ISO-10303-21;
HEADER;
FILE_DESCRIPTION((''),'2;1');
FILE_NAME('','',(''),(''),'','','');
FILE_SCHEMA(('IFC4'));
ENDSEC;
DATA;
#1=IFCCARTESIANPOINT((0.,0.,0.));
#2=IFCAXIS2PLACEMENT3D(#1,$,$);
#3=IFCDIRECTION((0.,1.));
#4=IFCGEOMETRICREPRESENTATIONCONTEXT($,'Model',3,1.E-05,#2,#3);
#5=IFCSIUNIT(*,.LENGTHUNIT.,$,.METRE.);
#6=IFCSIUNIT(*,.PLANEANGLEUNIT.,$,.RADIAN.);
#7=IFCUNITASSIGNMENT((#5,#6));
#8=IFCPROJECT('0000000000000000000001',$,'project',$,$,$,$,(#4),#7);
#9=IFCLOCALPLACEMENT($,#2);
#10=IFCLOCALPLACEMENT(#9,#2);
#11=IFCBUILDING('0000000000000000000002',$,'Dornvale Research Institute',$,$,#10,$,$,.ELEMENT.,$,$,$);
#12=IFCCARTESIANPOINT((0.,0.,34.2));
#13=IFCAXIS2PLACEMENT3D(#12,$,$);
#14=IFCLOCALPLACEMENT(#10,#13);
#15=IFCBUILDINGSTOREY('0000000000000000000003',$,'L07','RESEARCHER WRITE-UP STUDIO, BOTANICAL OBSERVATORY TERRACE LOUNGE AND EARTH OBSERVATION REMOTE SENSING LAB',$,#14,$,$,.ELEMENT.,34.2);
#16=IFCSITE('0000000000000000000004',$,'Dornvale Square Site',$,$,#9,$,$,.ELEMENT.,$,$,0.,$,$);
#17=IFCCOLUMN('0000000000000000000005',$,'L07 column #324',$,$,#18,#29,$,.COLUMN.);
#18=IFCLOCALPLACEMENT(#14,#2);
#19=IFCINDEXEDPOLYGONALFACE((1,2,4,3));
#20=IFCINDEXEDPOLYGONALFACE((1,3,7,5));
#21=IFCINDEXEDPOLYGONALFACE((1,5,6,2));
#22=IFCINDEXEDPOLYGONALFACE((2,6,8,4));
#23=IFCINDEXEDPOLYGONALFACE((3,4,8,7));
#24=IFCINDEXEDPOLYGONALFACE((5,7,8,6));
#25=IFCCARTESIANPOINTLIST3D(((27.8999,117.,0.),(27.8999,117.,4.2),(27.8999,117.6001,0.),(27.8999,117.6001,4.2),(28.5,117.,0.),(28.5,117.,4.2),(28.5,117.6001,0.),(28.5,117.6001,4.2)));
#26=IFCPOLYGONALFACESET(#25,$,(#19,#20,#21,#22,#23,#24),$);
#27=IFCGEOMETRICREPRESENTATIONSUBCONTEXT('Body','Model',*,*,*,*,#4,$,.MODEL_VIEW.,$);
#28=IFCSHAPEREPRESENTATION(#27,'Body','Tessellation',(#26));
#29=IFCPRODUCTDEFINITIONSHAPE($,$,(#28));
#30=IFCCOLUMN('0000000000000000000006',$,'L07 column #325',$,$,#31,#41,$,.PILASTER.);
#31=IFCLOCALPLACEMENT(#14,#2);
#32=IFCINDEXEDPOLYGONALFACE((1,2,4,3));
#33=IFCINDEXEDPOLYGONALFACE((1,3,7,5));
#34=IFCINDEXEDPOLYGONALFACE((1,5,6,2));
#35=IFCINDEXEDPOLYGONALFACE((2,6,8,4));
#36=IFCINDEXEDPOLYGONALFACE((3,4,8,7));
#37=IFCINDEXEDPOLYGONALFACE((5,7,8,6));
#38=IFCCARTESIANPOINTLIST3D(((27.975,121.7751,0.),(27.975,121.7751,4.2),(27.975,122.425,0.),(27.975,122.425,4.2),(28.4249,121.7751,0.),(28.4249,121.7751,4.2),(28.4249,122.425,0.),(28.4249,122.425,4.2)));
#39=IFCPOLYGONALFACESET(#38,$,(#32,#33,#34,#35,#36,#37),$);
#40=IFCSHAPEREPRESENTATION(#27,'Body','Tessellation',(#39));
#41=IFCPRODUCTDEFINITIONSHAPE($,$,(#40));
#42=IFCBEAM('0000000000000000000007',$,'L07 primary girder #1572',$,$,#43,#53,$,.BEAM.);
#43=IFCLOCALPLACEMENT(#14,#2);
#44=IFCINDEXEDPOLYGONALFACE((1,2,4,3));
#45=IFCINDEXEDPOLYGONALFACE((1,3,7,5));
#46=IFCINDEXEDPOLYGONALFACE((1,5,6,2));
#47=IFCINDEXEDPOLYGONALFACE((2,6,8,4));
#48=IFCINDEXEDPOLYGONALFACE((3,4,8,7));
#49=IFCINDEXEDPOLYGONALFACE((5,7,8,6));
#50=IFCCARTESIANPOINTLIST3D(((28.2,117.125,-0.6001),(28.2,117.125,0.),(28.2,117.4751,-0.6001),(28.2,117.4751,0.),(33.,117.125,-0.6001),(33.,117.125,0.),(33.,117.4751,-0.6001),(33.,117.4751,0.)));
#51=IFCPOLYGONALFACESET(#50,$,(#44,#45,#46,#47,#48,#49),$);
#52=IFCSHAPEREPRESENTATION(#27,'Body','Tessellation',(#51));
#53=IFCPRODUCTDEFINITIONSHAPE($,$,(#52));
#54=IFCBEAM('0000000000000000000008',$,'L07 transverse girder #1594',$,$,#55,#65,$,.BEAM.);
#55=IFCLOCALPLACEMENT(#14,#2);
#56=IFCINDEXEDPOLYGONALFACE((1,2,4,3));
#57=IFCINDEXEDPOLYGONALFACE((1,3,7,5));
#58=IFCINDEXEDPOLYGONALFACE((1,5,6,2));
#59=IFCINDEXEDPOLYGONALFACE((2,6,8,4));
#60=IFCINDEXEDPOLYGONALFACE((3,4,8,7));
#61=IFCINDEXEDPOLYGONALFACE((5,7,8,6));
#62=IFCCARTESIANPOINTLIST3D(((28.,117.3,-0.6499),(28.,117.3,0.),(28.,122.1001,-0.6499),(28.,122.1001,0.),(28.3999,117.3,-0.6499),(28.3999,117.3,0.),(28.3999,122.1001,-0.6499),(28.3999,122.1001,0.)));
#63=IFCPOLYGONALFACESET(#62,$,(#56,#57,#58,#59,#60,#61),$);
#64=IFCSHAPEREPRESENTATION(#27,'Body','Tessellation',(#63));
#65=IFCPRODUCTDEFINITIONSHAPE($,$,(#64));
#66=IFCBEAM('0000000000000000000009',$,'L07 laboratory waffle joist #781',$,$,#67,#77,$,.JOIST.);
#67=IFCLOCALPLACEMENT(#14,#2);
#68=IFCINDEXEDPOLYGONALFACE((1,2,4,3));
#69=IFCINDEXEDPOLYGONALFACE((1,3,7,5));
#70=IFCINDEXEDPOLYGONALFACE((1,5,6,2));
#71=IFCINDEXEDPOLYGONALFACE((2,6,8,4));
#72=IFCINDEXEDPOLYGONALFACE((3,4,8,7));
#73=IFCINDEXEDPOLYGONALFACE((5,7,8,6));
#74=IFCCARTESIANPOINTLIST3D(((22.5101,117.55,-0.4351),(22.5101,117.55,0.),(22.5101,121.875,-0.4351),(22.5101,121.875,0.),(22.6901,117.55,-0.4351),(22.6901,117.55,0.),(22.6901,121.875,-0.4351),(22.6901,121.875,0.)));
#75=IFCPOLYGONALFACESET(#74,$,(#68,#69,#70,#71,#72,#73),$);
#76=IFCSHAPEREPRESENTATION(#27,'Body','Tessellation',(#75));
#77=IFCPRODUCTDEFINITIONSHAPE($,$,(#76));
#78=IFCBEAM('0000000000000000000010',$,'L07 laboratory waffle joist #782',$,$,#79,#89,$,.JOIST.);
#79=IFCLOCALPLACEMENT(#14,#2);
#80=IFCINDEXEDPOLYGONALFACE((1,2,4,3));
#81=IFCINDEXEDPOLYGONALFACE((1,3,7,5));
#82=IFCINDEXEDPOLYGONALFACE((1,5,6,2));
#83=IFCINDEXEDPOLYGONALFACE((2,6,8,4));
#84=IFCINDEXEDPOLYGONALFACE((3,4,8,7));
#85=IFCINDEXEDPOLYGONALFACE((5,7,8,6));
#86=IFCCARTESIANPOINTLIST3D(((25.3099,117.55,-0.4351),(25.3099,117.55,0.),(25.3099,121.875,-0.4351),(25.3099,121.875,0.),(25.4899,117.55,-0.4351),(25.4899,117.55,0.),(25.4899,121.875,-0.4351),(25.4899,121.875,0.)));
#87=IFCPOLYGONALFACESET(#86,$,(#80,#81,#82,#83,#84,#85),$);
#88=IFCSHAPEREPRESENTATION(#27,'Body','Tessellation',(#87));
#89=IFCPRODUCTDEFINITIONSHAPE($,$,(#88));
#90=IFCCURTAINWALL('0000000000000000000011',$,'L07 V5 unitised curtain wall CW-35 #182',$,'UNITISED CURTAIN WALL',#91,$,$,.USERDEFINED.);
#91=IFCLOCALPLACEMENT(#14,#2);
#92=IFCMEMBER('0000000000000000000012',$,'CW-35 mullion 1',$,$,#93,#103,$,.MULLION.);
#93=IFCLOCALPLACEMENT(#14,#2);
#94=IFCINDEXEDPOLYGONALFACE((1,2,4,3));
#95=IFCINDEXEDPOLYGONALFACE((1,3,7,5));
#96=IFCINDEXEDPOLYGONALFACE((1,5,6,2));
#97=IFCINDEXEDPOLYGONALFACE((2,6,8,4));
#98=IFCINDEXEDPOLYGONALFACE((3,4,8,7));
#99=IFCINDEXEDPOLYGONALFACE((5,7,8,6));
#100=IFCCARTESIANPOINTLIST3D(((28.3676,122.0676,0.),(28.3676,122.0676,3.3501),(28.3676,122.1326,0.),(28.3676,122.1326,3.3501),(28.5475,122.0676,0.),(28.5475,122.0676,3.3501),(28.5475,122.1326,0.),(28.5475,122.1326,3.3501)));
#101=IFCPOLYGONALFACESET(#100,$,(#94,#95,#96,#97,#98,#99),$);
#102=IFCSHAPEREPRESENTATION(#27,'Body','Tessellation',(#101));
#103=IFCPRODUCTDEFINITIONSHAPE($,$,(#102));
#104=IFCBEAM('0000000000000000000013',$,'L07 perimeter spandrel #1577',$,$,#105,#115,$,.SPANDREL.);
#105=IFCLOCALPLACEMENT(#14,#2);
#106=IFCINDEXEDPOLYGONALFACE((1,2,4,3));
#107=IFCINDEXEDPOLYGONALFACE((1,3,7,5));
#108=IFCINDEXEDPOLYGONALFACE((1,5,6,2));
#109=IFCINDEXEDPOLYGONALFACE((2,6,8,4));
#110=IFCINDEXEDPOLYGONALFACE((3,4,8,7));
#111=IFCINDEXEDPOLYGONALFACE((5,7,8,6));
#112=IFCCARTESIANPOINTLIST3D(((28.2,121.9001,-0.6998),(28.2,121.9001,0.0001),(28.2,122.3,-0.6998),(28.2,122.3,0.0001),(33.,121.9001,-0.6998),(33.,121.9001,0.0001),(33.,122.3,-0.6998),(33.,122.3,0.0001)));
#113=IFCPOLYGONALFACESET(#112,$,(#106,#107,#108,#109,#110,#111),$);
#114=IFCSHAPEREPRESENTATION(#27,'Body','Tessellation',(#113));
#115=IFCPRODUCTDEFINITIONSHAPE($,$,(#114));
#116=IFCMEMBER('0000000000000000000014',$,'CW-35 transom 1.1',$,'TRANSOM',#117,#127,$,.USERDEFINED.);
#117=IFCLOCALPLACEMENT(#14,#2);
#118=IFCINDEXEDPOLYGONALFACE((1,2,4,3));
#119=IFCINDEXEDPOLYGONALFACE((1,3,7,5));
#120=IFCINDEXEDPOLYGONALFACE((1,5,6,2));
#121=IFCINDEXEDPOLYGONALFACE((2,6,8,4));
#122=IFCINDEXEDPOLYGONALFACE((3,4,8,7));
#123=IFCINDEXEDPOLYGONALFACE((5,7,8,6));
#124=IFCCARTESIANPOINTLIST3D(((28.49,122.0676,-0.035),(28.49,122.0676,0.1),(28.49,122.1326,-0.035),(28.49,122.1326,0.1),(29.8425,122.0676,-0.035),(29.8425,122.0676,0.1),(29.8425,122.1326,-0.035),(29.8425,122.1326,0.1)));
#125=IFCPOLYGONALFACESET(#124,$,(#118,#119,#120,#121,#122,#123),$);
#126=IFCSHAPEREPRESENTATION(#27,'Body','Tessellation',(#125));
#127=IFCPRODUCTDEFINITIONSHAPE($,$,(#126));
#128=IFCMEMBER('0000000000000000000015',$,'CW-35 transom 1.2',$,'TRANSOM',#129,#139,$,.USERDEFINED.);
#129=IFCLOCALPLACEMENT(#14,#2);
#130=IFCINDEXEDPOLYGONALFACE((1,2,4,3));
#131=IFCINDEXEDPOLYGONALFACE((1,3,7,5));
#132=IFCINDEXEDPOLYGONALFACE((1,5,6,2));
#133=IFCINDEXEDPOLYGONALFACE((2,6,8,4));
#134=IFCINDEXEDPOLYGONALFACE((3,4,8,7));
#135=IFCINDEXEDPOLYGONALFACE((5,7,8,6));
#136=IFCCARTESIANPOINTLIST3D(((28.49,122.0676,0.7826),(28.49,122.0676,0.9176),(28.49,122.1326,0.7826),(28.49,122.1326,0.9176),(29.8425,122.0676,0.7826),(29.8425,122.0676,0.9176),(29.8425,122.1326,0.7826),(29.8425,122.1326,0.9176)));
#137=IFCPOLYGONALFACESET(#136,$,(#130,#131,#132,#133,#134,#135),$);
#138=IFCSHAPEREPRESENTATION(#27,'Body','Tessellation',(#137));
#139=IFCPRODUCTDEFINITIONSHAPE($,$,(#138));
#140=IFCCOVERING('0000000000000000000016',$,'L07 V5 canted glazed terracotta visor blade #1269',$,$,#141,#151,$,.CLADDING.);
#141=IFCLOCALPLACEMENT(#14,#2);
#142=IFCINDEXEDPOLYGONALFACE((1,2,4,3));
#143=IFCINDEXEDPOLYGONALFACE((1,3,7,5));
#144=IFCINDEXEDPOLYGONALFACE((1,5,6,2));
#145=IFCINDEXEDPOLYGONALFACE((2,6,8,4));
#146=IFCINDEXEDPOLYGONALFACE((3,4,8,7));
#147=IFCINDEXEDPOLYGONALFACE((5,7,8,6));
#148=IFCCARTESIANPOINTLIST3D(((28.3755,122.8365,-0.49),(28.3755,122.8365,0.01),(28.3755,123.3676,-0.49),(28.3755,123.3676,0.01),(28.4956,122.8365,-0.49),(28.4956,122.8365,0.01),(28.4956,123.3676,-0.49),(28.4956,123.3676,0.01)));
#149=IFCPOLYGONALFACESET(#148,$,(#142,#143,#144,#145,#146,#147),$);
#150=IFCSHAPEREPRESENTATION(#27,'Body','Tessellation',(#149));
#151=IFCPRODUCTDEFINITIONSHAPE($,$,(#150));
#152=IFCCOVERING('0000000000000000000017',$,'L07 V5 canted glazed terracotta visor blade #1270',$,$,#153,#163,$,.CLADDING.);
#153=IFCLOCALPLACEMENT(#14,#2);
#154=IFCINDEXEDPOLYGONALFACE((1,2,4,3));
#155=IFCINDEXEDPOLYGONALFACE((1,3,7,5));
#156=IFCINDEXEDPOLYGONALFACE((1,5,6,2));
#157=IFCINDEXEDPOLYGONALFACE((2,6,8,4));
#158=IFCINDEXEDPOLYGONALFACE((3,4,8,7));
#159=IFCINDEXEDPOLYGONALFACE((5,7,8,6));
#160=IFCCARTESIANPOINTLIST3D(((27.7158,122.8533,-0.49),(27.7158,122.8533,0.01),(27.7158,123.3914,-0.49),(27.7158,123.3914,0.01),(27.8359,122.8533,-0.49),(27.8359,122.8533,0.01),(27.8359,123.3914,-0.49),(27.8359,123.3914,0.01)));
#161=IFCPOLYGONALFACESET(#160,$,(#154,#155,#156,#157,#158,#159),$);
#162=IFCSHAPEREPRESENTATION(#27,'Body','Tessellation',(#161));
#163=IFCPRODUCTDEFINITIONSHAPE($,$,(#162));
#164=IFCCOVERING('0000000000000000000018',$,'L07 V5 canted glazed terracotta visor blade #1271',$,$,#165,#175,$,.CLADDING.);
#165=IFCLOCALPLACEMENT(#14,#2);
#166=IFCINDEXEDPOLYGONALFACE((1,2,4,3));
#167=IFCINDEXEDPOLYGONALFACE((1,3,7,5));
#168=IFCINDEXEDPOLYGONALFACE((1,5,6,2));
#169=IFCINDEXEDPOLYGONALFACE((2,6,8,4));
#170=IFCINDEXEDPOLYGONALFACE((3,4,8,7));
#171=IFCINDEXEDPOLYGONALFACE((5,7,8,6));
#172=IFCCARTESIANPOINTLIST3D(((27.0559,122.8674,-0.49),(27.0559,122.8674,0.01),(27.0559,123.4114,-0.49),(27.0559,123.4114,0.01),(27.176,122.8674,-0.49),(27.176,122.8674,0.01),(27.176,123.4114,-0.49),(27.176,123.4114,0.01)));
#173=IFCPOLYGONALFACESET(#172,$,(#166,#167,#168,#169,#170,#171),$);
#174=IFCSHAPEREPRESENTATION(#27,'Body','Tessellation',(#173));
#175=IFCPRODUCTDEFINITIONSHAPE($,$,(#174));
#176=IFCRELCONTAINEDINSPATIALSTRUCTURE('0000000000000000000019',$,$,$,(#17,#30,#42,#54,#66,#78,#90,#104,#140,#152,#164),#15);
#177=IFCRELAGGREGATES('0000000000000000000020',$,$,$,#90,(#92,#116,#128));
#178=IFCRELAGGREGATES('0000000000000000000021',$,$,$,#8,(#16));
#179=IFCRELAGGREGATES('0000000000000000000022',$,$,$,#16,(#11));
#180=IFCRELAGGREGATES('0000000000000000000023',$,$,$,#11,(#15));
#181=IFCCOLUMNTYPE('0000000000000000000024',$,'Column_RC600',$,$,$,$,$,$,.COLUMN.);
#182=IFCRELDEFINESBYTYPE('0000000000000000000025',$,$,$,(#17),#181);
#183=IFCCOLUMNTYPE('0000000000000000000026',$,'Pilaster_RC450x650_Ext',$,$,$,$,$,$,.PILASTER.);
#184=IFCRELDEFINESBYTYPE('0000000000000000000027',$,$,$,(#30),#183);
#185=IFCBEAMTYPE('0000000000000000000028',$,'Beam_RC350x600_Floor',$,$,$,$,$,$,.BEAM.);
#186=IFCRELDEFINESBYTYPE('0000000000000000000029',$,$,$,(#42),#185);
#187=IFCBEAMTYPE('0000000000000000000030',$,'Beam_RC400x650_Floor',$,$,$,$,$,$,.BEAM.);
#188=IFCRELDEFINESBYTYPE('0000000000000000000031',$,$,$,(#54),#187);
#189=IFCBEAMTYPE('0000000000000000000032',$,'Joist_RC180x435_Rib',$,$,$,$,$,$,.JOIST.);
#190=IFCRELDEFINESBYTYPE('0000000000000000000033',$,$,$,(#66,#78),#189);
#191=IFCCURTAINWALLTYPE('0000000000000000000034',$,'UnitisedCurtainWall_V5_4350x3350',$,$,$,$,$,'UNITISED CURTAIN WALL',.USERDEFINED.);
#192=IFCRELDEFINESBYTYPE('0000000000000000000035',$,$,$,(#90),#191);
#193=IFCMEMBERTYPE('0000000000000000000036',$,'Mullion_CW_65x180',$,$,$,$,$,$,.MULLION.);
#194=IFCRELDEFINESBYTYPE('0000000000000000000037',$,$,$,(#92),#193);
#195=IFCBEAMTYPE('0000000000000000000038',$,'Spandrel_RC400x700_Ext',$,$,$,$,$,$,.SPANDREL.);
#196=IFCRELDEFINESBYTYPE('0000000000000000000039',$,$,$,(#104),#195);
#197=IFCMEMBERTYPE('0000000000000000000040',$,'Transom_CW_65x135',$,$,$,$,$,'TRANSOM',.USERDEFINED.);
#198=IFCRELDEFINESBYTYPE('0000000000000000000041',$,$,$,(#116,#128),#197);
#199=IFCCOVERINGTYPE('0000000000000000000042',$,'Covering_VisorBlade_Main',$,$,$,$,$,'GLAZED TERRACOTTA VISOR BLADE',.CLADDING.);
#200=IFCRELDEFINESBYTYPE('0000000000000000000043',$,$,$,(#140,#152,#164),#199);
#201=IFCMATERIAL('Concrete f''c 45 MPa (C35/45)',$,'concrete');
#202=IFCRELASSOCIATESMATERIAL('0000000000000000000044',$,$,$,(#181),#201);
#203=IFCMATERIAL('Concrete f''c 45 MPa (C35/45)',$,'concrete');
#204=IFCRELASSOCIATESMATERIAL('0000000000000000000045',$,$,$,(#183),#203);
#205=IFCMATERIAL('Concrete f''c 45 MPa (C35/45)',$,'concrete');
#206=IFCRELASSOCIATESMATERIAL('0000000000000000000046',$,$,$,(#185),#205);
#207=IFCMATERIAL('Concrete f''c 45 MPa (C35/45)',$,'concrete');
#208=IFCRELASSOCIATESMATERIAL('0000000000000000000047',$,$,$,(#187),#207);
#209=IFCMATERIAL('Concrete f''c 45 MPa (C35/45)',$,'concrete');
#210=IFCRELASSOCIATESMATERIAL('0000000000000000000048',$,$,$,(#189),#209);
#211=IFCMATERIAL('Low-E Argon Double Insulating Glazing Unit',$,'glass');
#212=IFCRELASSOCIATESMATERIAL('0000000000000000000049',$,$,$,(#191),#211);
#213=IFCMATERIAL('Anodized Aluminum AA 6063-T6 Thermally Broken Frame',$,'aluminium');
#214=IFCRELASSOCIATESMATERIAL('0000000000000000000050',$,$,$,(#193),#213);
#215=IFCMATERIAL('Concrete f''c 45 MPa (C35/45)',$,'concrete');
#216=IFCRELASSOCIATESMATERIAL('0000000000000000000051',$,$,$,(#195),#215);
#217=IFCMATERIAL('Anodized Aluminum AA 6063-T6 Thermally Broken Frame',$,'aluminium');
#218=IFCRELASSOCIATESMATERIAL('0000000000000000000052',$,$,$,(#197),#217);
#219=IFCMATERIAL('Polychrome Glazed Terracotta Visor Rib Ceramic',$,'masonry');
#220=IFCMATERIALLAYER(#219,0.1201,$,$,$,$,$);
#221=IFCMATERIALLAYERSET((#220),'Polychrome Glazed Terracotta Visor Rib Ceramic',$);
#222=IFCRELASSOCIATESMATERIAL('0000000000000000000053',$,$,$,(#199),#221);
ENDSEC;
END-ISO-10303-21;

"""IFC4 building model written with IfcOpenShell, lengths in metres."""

from ifc_helpers import new_model, si_unit, direction, frame, origin, origin_2d, place, context, subcontext, project, spatial, rectangle, extrude, material, layer, layer_set, material_profile, profile_set, type_object, element, aggregate, save


model = new_model("IFC4")

# Units and contexts
model_context = context("Model", 3, precision=1e-05, world=origin(), true_north=direction((0.0, 1.0)))
body_context = subcontext(model_context, "Body", "Model", "MODEL_VIEW")
ifc_project = project(units=[si_unit("LENGTHUNIT", "METRE"), si_unit("PLANEANGLEUNIT", "RADIAN")], contexts=[model_context])

# Site, building, storey
site_placement = place(None, origin())
site = spatial("IfcSite", under=ifc_project, at=site_placement, Name="Dornvale Square Site", CompositionType="ELEMENT", RefElevation=0.0)
building_placement = place(site_placement, origin())
building = spatial("IfcBuilding", under=site, at=building_placement, Name="Dornvale Research Institute", CompositionType="ELEMENT")
storey_placement = place(building_placement, frame((0.0, 0.0, 34.2)))
storey = spatial("IfcBuildingStorey", under=building, at=storey_placement, Name="L07", Description="RESEARCHER WRITE-UP STUDIO, BOTANICAL OBSERVATORY TERRACE LOUNGE AND EARTH OBSERVATION REMOTE SENSING LAB", CompositionType="ELEMENT", Elevation=34.2)

# Columns
ifc_material_1 = material(Name="Concrete f'c 45 MPa (C35/45)", Category="concrete")
ifc_material_profile_1 = material_profile(ifc_material_1, rectangle(XDim=0.6001, YDim=0.6001, at=origin_2d()), Name="RC 600x600")
ifc_profile_set_1 = profile_set([ifc_material_profile_1], Name="Concrete f'c 45 MPa (C35/45)")
column_type_1 = type_object("IfcColumnType", Name="Column_RC600", PredefinedType="COLUMN", material=ifc_profile_set_1)
column_1_placement = place(storey_placement, frame((28.2, 117.3, 0.0), z_axis=(0.0, 0.0, 1.0), x_axis=(1.0, 0.0, 0.0)))
element("IfcColumn", 1, at=column_1_placement, inside=storey, type_object=column_type_1, Name="L07 column #324", PredefinedType="COLUMN", context=body_context, shape_type="SweptSolid", body=[
    extrude(rectangle(XDim=0.6001, YDim=0.6001, at=origin_2d()), origin(), (0.0, 0.0, 1.0), 4.2),
])
ifc_material_2 = material(Name="Concrete f'c 45 MPa (C35/45)", Category="concrete")
ifc_material_profile_2 = material_profile(ifc_material_2, rectangle(XDim=0.45, YDim=0.6499, at=origin_2d()), Name="RC 450x650")
ifc_profile_set_2 = profile_set([ifc_material_profile_2], Name="Concrete f'c 45 MPa (C35/45)")
column_type_2 = type_object("IfcColumnType", Name="Pilaster_RC450x650_Ext", PredefinedType="PILASTER", material=ifc_profile_set_2)
column_2_placement = place(storey_placement, frame((28.2, 122.1001, 0.0), z_axis=(0.0, 0.0, 1.0), x_axis=(1.0, 0.0, 0.0)))
element("IfcColumn", 2, at=column_2_placement, inside=storey, type_object=column_type_2, Name="L07 column #325", PredefinedType="PILASTER", context=body_context, shape_type="SweptSolid", body=[
    extrude(rectangle(XDim=0.45, YDim=0.6499, at=origin_2d()), origin(), (0.0, 0.0, 1.0), 4.2),
])

# Beams
ifc_material_3 = material(Name="Concrete f'c 45 MPa (C35/45)", Category="concrete")
ifc_material_profile_3 = material_profile(ifc_material_3, rectangle(XDim=0.3501, YDim=0.6001, at=origin_2d()), Name="RC 350x600")
ifc_profile_set_3 = profile_set([ifc_material_profile_3], Name="Concrete f'c 45 MPa (C35/45)")
beam_type_1 = type_object("IfcBeamType", Name="Beam_RC350x600_Floor", PredefinedType="BEAM", material=ifc_profile_set_3)
beam_1_placement = place(storey_placement, frame((28.2, 117.3, -0.3), z_axis=(1.0, 0.0, 0.0), x_axis=(0.0, 1.0, 0.0)))
element("IfcBeam", 3, at=beam_1_placement, inside=storey, type_object=beam_type_1, Name="L07 primary girder #1572", PredefinedType="BEAM", context=body_context, shape_type="SweptSolid", body=[
    extrude(rectangle(XDim=0.3501, YDim=0.6001, at=origin_2d()), origin(), (0.0, 0.0, 1.0), 4.8),
])
ifc_material_4 = material(Name="Concrete f'c 45 MPa (C35/45)", Category="concrete")
ifc_material_profile_4 = material_profile(ifc_material_4, rectangle(XDim=0.3999, YDim=0.6499, at=origin_2d()), Name="RC 400x650")
ifc_profile_set_4 = profile_set([ifc_material_profile_4], Name="Concrete f'c 45 MPa (C35/45)")
beam_type_2 = type_object("IfcBeamType", Name="Beam_RC400x650_Floor", PredefinedType="BEAM", material=ifc_profile_set_4)
beam_2_placement = place(storey_placement, frame((28.2, 117.3, -0.325), z_axis=(0.0, 1.0, 0.0), x_axis=(-1.0, 0.0, 0.0)))
element("IfcBeam", 4, at=beam_2_placement, inside=storey, type_object=beam_type_2, Name="L07 transverse girder #1594", PredefinedType="BEAM", context=body_context, shape_type="SweptSolid", body=[
    extrude(rectangle(XDim=0.3999, YDim=0.6499, at=origin_2d()), origin(), (0.0, 0.0, 1.0), 4.8),
])
ifc_material_5 = material(Name="Concrete f'c 45 MPa (C35/45)", Category="concrete")
ifc_material_profile_5 = material_profile(ifc_material_5, rectangle(XDim=0.1799, YDim=0.4351, at=origin_2d()), Name="RC 180x435")
ifc_profile_set_5 = profile_set([ifc_material_profile_5], Name="Concrete f'c 45 MPa (C35/45)")
beam_type_3 = type_object("IfcBeamType", Name="Joist_RC180x435_Rib", PredefinedType="JOIST", material=ifc_profile_set_5)
for number, where, z_axis, x_axis, name in (
    (5, (22.6001, 117.55, -0.2175), (0.0, 1.0, 0.0), (-1.0, 0.0, 0.0), "L07 laboratory waffle joist #781"),
    (6, (25.3999, 117.55, -0.2175), (0.0, 1.0, 0.0), (-1.0, 0.0, 0.0), "L07 laboratory waffle joist #782"),
):
    element("IfcBeam", number, at=place(storey_placement, frame(where, z_axis=z_axis, x_axis=x_axis)), inside=storey, type_object=beam_type_3, Name=name, PredefinedType="JOIST", context=body_context, shape_type="SweptSolid", body=[
        extrude(rectangle(XDim=0.1799, YDim=0.4351, at=origin_2d()), origin(), (0.0, 0.0, 1.0), 4.325),
    ])

# Curtain wall, member
ifc_material_6 = material(Name="Low-E Argon Double Insulating Glazing Unit", Category="glass")
curtain_wall_type = type_object("IfcCurtainWallType", Name="UnitisedCurtainWall_V5_4350x3350", ElementType="UNITISED CURTAIN WALL", PredefinedType="USERDEFINED", material=ifc_material_6)
curtain_wall_placement = place(storey_placement, origin())
curtain_wall = element("IfcCurtainWall", 7, at=curtain_wall_placement, inside=storey, type_object=curtain_wall_type, Name="L07 V5 unitised curtain wall CW-35 #182", ObjectType="UNITISED CURTAIN WALL", PredefinedType="USERDEFINED")
ifc_material_7 = material(Name="Anodized Aluminum AA 6063-T6 Thermally Broken Frame", Category="aluminium")
ifc_material_profile_6 = material_profile(ifc_material_7, rectangle(XDim=0.0649, YDim=0.1799, at=origin_2d()), Name="ALU MULLION 65x180")
ifc_profile_set_6 = profile_set([ifc_material_profile_6], Name="Anodized Aluminum AA 6063-T6 Thermally Broken Frame")
member_type_1 = type_object("IfcMemberType", Name="Mullion_CW_65x180", PredefinedType="MULLION", material=ifc_profile_set_6)
member_1_placement = place(storey_placement, frame((28.4575, 122.1001, 0.0), z_axis=(0.0, 0.0, 1.0), x_axis=(0.0, 1.0, 0.0)))
member_1 = element("IfcMember", 8, at=member_1_placement, type_object=member_type_1, Name="CW-35 mullion 1", PredefinedType="MULLION", context=body_context, shape_type="SweptSolid", body=[
    extrude(rectangle(XDim=0.0649, YDim=0.1799, at=origin_2d()), origin(), (0.0, 0.0, 1.0), 3.3501),
])

# Beam
ifc_material_8 = material(Name="Concrete f'c 45 MPa (C35/45)", Category="concrete")
ifc_material_profile_7 = material_profile(ifc_material_8, rectangle(XDim=0.3999, YDim=0.7, at=origin_2d()), Name="RC 400x700")
ifc_profile_set_7 = profile_set([ifc_material_profile_7], Name="Concrete f'c 45 MPa (C35/45)")
beam_type_4 = type_object("IfcBeamType", Name="Spandrel_RC400x700_Ext", PredefinedType="SPANDREL", material=ifc_profile_set_7)
beam_3_placement = place(storey_placement, frame((28.2, 122.1001, -0.3499), z_axis=(1.0, 0.0, 0.0), x_axis=(0.0, 1.0, 0.0)))
element("IfcBeam", 9, at=beam_3_placement, inside=storey, type_object=beam_type_4, Name="L07 perimeter spandrel #1577", PredefinedType="SPANDREL", context=body_context, shape_type="SweptSolid", body=[
    extrude(rectangle(XDim=0.3999, YDim=0.7, at=origin_2d()), origin(), (0.0, 0.0, 1.0), 4.8),
])

# Members
ifc_material_9 = material(Name="Anodized Aluminum AA 6063-T6 Thermally Broken Frame", Category="aluminium")
ifc_material_profile_8 = material_profile(ifc_material_9, rectangle(XDim=0.0649, YDim=0.135, at=origin_2d()), Name="ALU TRANSOM 65x135")
ifc_profile_set_8 = profile_set([ifc_material_profile_8], Name="Anodized Aluminum AA 6063-T6 Thermally Broken Frame")
member_type_2 = type_object("IfcMemberType", Name="Transom_CW_65x135", ElementType="TRANSOM", PredefinedType="USERDEFINED", material=ifc_profile_set_8)
member_2_placement = place(storey_placement, frame((28.49, 122.1001, 0.0325), z_axis=(1.0, 0.0, 0.0), x_axis=(0.0, 1.0, 0.0)))
member_2 = element("IfcMember", 10, at=member_2_placement, type_object=member_type_2, Name="CW-35 transom 1.1", ObjectType="TRANSOM", PredefinedType="USERDEFINED", context=body_context, shape_type="SweptSolid", body=[
    extrude(rectangle(XDim=0.0649, YDim=0.135, at=origin_2d()), origin(), (0.0, 0.0, 1.0), 1.3525),
])
member_3_placement = place(storey_placement, frame((28.49, 122.1001, 0.8501), z_axis=(1.0, 0.0, 0.0), x_axis=(0.0, 1.0, 0.0)))
member_3 = element("IfcMember", 11, at=member_3_placement, type_object=member_type_2, Name="CW-35 transom 1.2", ObjectType="TRANSOM", PredefinedType="USERDEFINED", context=body_context, shape_type="SweptSolid", body=[
    extrude(rectangle(XDim=0.0649, YDim=0.135, at=origin_2d()), origin(), (0.0, 0.0, 1.0), 1.3525),
])
aggregate(curtain_wall, [member_1, member_2, member_3])

# Coverings
ifc_material_10 = material(Name="Polychrome Glazed Terracotta Visor Rib Ceramic", Category="masonry")
ifc_layer = layer(ifc_material_10, 0.1201)
ifc_layer_set = layer_set([ifc_layer], Name="Polychrome Glazed Terracotta Visor Rib Ceramic")
covering_type = type_object("IfcCoveringType", Name="Covering_VisorBlade_Main", ElementType="GLAZED TERRACOTTA VISOR BLADE", PredefinedType="CLADDING", material=ifc_layer_set)
covering_1_placement = place(storey_placement, frame((28.4355, 123.1021, -0.49), z_axis=(0.0, 0.0, 1.0), x_axis=(0.0, 1.0, 0.0)))
element("IfcCovering", 12, at=covering_1_placement, inside=storey, type_object=covering_type, Name="L07 V5 canted glazed terracotta visor blade #1269", PredefinedType="CLADDING", context=body_context, shape_type="SweptSolid", body=[
    extrude(rectangle(XDim=0.531, YDim=0.1201, at=origin_2d()), origin(), (0.0, 0.0, 1.0), 0.5),
])
covering_2_placement = place(storey_placement, frame((27.7759, 123.1223, -0.49), z_axis=(0.0, 0.0, 1.0), x_axis=(0.0, 1.0, 0.0)))
element("IfcCovering", 13, at=covering_2_placement, inside=storey, type_object=covering_type, Name="L07 V5 canted glazed terracotta visor blade #1270", PredefinedType="CLADDING", context=body_context, shape_type="SweptSolid", body=[
    extrude(rectangle(XDim=0.5381, YDim=0.1201, at=origin_2d()), origin(), (0.0, 0.0, 1.0), 0.5),
])
covering_3_placement = place(storey_placement, frame((27.116, 123.1394, -0.49), z_axis=(0.0, 0.0, 1.0), x_axis=(0.0, 1.0, 0.0)))
element("IfcCovering", 14, at=covering_3_placement, inside=storey, type_object=covering_type, Name="L07 V5 canted glazed terracotta visor blade #1271", PredefinedType="CLADDING", context=body_context, shape_type="SweptSolid", body=[
    extrude(rectangle(XDim=0.5439, YDim=0.1201, at=origin_2d()), origin(), (0.0, 0.0, 1.0), 0.5),
])

save(model, "model.ifc")
